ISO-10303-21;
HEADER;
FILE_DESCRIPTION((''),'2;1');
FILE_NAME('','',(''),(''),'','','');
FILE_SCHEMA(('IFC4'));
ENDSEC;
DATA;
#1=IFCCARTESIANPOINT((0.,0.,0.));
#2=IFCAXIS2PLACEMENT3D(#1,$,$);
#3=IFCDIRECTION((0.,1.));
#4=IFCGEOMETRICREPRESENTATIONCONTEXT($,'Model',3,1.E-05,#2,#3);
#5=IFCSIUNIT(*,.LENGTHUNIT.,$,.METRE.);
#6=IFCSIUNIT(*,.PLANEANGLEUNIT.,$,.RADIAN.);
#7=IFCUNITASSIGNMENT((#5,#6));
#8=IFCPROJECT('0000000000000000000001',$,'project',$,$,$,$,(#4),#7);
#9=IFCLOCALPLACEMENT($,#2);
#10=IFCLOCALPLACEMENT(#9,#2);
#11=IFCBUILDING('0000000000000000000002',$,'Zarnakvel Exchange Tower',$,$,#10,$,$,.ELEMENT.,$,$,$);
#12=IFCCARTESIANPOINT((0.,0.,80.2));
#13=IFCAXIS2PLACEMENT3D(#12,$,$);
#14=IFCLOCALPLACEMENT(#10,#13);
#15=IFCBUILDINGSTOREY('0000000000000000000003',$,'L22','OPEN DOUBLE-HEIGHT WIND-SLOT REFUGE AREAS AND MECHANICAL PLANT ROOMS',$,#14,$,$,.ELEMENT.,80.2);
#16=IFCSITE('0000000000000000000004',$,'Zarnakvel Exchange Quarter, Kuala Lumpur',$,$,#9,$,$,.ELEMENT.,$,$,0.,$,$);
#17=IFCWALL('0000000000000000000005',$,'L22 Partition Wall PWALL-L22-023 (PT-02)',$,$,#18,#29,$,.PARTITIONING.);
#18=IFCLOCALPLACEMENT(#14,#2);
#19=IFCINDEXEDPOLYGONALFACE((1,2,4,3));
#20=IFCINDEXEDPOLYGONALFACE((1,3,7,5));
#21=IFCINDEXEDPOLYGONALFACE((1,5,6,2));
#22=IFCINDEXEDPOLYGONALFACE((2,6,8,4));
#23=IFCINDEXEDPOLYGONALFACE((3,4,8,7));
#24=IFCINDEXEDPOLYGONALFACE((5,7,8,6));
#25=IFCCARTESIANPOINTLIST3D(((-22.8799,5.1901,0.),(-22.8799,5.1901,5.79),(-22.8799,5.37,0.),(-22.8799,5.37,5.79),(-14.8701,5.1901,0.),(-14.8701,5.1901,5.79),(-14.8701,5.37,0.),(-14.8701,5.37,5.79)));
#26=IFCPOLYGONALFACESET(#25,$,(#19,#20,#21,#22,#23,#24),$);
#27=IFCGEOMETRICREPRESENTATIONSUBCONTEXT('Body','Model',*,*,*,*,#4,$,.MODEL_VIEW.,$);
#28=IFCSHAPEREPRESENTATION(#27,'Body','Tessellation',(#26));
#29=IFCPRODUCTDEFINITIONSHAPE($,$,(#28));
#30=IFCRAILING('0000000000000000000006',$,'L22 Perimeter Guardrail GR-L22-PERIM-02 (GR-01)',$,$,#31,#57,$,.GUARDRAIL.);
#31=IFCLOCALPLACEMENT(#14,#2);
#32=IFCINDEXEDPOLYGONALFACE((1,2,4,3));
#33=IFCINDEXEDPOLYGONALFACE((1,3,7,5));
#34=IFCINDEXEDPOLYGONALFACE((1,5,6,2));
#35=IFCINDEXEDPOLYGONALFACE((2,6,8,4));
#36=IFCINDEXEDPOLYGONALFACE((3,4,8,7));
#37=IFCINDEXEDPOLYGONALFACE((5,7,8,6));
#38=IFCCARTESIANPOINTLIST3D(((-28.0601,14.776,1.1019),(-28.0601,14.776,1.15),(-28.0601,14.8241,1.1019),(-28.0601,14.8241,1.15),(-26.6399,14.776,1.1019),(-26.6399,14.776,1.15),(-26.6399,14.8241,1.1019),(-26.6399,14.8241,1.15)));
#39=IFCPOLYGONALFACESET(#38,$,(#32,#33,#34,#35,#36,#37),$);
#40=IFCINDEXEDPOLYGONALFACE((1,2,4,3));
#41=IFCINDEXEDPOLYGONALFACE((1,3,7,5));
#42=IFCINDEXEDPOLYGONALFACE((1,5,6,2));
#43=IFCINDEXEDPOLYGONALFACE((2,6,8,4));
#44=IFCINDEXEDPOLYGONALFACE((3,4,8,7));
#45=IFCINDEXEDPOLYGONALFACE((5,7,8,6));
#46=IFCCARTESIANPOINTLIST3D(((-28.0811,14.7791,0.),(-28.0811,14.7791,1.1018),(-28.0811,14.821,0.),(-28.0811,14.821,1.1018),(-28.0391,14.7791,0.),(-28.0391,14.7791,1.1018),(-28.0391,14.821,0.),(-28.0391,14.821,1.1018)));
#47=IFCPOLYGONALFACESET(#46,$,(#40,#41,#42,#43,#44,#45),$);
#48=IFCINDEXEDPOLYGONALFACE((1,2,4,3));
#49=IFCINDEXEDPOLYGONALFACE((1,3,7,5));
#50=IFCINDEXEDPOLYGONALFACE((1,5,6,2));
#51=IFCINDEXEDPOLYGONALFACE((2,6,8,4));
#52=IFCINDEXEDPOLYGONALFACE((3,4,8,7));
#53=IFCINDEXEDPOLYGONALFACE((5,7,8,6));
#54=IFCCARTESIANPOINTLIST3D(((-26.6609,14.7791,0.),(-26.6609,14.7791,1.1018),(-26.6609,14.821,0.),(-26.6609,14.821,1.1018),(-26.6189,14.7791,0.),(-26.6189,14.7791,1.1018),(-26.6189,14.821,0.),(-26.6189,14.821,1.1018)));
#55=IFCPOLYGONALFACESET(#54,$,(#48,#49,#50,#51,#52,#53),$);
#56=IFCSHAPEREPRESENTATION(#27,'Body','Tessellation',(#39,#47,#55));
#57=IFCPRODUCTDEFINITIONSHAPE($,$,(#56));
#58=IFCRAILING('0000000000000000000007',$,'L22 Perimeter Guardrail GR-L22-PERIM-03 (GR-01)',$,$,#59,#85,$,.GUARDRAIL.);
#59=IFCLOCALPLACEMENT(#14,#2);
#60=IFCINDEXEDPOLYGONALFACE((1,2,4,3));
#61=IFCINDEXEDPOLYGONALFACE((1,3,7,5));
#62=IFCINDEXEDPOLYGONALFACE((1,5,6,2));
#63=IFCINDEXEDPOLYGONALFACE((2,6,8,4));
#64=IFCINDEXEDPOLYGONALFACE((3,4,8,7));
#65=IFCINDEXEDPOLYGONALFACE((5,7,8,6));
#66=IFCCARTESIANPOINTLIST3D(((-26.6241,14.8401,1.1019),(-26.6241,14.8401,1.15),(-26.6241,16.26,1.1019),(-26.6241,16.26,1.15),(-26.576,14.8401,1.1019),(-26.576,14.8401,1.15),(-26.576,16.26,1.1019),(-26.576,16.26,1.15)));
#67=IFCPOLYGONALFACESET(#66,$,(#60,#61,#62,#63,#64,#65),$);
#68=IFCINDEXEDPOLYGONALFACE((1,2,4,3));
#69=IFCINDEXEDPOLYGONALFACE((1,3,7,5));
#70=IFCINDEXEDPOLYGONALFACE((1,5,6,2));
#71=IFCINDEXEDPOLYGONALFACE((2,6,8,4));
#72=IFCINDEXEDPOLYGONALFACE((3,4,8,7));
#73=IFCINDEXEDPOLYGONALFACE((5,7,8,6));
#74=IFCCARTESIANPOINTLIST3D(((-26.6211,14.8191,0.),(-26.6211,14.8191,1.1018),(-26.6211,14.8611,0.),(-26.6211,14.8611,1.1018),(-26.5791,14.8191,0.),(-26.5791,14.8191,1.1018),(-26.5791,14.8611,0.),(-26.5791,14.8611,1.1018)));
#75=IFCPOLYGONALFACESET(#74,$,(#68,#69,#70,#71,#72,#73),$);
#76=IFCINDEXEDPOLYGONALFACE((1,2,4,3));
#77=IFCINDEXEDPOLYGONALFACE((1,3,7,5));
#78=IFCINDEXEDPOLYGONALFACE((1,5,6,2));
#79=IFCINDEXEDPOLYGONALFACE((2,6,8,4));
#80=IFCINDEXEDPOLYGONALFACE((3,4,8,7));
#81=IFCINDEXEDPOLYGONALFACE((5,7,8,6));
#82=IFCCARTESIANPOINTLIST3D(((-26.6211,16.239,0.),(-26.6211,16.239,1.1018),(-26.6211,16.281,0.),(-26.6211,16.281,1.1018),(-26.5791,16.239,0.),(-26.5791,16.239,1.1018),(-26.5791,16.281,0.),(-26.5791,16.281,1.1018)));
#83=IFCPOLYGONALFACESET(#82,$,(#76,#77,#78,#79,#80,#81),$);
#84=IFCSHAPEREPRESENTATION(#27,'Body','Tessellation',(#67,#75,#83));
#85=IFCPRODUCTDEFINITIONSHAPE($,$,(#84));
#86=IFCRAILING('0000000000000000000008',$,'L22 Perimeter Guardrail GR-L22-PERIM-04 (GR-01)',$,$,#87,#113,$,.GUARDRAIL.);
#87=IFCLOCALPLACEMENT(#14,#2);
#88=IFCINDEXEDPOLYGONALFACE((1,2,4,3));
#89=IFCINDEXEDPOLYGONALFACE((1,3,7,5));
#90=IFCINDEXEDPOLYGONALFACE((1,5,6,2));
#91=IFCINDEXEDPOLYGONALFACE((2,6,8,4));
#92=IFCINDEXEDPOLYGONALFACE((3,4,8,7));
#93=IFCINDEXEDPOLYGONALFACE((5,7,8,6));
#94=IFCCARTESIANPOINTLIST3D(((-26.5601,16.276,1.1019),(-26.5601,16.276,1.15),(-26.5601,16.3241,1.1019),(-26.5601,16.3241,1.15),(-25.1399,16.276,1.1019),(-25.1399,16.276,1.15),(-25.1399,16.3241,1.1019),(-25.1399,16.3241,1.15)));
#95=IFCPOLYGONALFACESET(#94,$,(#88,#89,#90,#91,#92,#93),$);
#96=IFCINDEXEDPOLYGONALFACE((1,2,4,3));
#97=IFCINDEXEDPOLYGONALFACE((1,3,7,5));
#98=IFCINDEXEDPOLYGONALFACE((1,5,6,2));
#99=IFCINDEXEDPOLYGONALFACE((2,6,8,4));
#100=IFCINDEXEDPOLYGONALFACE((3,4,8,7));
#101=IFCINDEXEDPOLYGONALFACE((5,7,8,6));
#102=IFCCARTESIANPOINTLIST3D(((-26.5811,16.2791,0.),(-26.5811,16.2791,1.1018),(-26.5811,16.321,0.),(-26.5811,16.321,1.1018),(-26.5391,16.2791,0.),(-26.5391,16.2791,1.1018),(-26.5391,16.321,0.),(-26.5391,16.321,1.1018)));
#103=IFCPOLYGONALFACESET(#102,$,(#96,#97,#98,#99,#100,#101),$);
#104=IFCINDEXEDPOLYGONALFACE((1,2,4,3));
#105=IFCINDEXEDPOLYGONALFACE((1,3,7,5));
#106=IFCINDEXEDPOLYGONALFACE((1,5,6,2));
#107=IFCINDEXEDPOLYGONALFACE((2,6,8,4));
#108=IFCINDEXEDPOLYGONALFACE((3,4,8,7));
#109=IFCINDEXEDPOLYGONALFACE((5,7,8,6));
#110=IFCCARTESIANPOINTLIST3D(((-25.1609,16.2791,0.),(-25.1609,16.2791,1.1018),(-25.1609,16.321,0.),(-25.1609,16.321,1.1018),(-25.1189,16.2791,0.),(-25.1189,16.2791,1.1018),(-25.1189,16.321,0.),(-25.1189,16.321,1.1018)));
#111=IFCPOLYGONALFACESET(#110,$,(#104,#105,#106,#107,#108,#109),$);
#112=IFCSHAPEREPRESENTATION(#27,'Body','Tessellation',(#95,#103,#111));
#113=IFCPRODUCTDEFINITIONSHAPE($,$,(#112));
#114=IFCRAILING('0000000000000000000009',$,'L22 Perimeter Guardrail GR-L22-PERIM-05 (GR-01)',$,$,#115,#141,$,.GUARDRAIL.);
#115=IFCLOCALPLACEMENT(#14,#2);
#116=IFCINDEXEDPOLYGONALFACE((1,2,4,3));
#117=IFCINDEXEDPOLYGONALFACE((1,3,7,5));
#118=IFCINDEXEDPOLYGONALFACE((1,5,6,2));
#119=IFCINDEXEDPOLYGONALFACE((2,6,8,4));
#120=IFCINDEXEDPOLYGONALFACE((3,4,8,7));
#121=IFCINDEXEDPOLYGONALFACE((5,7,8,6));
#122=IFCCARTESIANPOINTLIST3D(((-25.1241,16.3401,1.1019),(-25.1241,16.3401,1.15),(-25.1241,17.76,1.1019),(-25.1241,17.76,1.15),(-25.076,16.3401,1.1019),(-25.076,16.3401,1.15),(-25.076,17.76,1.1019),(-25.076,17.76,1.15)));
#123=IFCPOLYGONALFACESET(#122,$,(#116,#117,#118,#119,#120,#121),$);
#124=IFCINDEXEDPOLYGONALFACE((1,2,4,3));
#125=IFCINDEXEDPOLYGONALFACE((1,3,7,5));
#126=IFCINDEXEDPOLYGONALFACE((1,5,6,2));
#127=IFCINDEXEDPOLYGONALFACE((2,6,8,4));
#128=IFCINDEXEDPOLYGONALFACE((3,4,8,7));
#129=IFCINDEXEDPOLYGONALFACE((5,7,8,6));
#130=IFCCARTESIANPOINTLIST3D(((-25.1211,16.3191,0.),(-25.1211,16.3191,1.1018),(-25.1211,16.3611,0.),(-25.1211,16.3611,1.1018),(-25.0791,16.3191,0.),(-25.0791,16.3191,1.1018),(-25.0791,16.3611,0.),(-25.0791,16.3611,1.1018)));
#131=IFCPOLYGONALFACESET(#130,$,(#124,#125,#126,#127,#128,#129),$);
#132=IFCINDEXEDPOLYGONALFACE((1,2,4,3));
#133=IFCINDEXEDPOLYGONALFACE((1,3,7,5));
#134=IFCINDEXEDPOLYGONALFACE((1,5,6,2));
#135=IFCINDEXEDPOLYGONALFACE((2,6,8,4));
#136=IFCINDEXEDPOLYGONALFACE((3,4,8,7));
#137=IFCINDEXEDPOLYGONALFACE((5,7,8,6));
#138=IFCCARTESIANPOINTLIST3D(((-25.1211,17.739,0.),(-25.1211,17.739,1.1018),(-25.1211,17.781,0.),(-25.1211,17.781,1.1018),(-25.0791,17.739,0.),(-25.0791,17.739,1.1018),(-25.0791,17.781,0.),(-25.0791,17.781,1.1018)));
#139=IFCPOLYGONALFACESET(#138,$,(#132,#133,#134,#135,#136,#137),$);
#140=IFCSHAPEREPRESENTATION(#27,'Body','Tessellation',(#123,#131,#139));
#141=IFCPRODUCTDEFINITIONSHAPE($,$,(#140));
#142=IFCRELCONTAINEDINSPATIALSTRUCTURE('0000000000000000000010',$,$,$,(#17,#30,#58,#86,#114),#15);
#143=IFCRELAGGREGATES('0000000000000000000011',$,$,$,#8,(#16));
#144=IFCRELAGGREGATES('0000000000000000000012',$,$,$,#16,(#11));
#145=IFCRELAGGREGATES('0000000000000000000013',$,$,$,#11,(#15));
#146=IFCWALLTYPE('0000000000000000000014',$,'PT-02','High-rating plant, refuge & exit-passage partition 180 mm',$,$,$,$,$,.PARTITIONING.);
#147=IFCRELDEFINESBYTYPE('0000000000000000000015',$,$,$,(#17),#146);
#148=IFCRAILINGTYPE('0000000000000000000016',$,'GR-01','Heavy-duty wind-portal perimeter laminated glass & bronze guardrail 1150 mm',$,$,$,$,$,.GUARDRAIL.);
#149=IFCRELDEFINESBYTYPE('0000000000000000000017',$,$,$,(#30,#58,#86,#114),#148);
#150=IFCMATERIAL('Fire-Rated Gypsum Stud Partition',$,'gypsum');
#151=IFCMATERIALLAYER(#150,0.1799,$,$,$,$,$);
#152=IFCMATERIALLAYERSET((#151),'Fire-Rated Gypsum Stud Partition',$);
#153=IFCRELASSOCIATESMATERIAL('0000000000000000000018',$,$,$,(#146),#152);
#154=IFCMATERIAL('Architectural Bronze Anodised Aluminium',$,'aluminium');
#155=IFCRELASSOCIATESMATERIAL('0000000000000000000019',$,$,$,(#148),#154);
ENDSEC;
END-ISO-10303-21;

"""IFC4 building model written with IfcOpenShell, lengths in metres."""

from ifc_helpers import new_model, si_unit, direction, frame, frame_2d, origin, origin_2d, place, context, subcontext, project, spatial, rectangle, extrude, material, layer, layer_set, type_object, element, save


model = new_model("IFC4")

# Units and contexts
model_context = context("Model", 3, precision=1e-05, world=origin(), true_north=direction((0.0, 1.0)))
body_context = subcontext(model_context, "Body", "Model", "MODEL_VIEW")
ifc_project = project(units=[si_unit("LENGTHUNIT", "METRE"), si_unit("PLANEANGLEUNIT", "RADIAN")], contexts=[model_context])

# Site, building, storey
site_placement = place(None, origin())
site = spatial("IfcSite", under=ifc_project, at=site_placement, Name="Zarnakvel Exchange Quarter, Kuala Lumpur", CompositionType="ELEMENT", RefElevation=0.0)
building_placement = place(site_placement, origin())
building = spatial("IfcBuilding", under=site, at=building_placement, Name="Zarnakvel Exchange Tower", CompositionType="ELEMENT")
storey_placement = place(building_placement, frame((0.0, 0.0, 80.2)))
storey = spatial("IfcBuildingStorey", under=building, at=storey_placement, Name="L22", Description="OPEN DOUBLE-HEIGHT WIND-SLOT REFUGE AREAS AND MECHANICAL PLANT ROOMS", CompositionType="ELEMENT", Elevation=80.2)

# Wall
ifc_material_1 = material(Name="Fire-Rated Gypsum Stud Partition", Category="gypsum")
ifc_layer = layer(ifc_material_1, 0.1799)
ifc_layer_set = layer_set([ifc_layer], Name="Fire-Rated Gypsum Stud Partition")
wall_type = type_object("IfcWallType", Name="PT-02", Description="High-rating plant, refuge & exit-passage partition 180 mm", PredefinedType="PARTITIONING", material=ifc_layer_set)
wall_placement = place(storey_placement, frame((-22.8799, 5.28, 0.0), z_axis=(0.0, 0.0, 1.0), x_axis=(1.0, 0.0, 0.0)))
element("IfcWall", 1, at=wall_placement, inside=storey, type_object=wall_type, Name="L22 Partition Wall PWALL-L22-023 (PT-02)", PredefinedType="PARTITIONING", context=body_context, shape_type="SweptSolid", body=[
    extrude(rectangle(XDim=8.0098, YDim=0.1799, at=frame_2d((4.0049, 0.0))), origin(), (0.0, 0.0, 1.0), 5.79),
])

# Railings
ifc_material_2 = material(Name="Architectural Bronze Anodised Aluminium", Category="aluminium")
railing_type = type_object("IfcRailingType", Name="GR-01", Description="Heavy-duty wind-portal perimeter laminated glass & bronze guardrail 1150 mm", PredefinedType="GUARDRAIL", material=ifc_material_2)
railing_1_placement = place(storey_placement, frame((-28.0601, 14.8, 0.0)))
element("IfcRailing", 2, at=railing_1_placement, inside=storey, type_object=railing_type, Name="L22 Perimeter Guardrail GR-L22-PERIM-02 (GR-01)", PredefinedType="GUARDRAIL", context=body_context, shape_type="SweptSolid", body=[
    extrude(rectangle(XDim=0.0481, YDim=0.0481, at=origin_2d()), frame((0.0, 0.0, 1.126), z_axis=(1.0, 0.0, 0.0), x_axis=(0.0, 1.0, 0.0)), (0.0, 0.0, 1.0), 1.4202),
    extrude(rectangle(XDim=0.042, YDim=0.042, at=origin_2d()), origin(), (0.0, 0.0, 1.0), 1.1018),
    extrude(rectangle(XDim=0.042, YDim=0.042, at=origin_2d()), frame((1.4202, 0.0, 0.0)), (0.0, 0.0, 1.0), 1.1018),
])
railing_2_placement = place(storey_placement, frame((-26.6001, 14.8401, 0.0)))
element("IfcRailing", 3, at=railing_2_placement, inside=storey, type_object=railing_type, Name="L22 Perimeter Guardrail GR-L22-PERIM-03 (GR-01)", PredefinedType="GUARDRAIL", context=body_context, shape_type="SweptSolid", body=[
    extrude(rectangle(XDim=0.0481, YDim=0.0481, at=origin_2d()), frame((0.0, 0.0, 1.126), z_axis=(0.0, 1.0, 0.0), x_axis=(-1.0, 0.0, 0.0)), (0.0, 0.0, 1.0), 1.4199),
    extrude(rectangle(XDim=0.042, YDim=0.042, at=origin_2d()), origin(), (0.0, 0.0, 1.0), 1.1018),
    extrude(rectangle(XDim=0.042, YDim=0.042, at=origin_2d()), frame((0.0, 1.4199, 0.0)), (0.0, 0.0, 1.0), 1.1018),
])
railing_3_placement = place(storey_placement, frame((-26.5601, 16.3, 0.0)))
element("IfcRailing", 4, at=railing_3_placement, inside=storey, type_object=railing_type, Name="L22 Perimeter Guardrail GR-L22-PERIM-04 (GR-01)", PredefinedType="GUARDRAIL", context=body_context, shape_type="SweptSolid", body=[
    extrude(rectangle(XDim=0.0481, YDim=0.0481, at=origin_2d()), frame((0.0, 0.0, 1.126), z_axis=(1.0, 0.0, 0.0), x_axis=(0.0, 1.0, 0.0)), (0.0, 0.0, 1.0), 1.4202),
    extrude(rectangle(XDim=0.042, YDim=0.042, at=origin_2d()), origin(), (0.0, 0.0, 1.0), 1.1018),
    extrude(rectangle(XDim=0.042, YDim=0.042, at=origin_2d()), frame((1.4202, 0.0, 0.0)), (0.0, 0.0, 1.0), 1.1018),
])
railing_4_placement = place(storey_placement, frame((-25.1001, 16.3401, 0.0)))
element("IfcRailing", 5, at=railing_4_placement, inside=storey, type_object=railing_type, Name="L22 Perimeter Guardrail GR-L22-PERIM-05 (GR-01)", PredefinedType="GUARDRAIL", context=body_context, shape_type="SweptSolid", body=[
    extrude(rectangle(XDim=0.0481, YDim=0.0481, at=origin_2d()), frame((0.0, 0.0, 1.126), z_axis=(0.0, 1.0, 0.0), x_axis=(-1.0, 0.0, 0.0)), (0.0, 0.0, 1.0), 1.4199),
    extrude(rectangle(XDim=0.042, YDim=0.042, at=origin_2d()), origin(), (0.0, 0.0, 1.0), 1.1018),
    extrude(rectangle(XDim=0.042, YDim=0.042, at=origin_2d()), frame((0.0, 1.4199, 0.0)), (0.0, 0.0, 1.0), 1.1018),
])

save(model, "model.ifc")
